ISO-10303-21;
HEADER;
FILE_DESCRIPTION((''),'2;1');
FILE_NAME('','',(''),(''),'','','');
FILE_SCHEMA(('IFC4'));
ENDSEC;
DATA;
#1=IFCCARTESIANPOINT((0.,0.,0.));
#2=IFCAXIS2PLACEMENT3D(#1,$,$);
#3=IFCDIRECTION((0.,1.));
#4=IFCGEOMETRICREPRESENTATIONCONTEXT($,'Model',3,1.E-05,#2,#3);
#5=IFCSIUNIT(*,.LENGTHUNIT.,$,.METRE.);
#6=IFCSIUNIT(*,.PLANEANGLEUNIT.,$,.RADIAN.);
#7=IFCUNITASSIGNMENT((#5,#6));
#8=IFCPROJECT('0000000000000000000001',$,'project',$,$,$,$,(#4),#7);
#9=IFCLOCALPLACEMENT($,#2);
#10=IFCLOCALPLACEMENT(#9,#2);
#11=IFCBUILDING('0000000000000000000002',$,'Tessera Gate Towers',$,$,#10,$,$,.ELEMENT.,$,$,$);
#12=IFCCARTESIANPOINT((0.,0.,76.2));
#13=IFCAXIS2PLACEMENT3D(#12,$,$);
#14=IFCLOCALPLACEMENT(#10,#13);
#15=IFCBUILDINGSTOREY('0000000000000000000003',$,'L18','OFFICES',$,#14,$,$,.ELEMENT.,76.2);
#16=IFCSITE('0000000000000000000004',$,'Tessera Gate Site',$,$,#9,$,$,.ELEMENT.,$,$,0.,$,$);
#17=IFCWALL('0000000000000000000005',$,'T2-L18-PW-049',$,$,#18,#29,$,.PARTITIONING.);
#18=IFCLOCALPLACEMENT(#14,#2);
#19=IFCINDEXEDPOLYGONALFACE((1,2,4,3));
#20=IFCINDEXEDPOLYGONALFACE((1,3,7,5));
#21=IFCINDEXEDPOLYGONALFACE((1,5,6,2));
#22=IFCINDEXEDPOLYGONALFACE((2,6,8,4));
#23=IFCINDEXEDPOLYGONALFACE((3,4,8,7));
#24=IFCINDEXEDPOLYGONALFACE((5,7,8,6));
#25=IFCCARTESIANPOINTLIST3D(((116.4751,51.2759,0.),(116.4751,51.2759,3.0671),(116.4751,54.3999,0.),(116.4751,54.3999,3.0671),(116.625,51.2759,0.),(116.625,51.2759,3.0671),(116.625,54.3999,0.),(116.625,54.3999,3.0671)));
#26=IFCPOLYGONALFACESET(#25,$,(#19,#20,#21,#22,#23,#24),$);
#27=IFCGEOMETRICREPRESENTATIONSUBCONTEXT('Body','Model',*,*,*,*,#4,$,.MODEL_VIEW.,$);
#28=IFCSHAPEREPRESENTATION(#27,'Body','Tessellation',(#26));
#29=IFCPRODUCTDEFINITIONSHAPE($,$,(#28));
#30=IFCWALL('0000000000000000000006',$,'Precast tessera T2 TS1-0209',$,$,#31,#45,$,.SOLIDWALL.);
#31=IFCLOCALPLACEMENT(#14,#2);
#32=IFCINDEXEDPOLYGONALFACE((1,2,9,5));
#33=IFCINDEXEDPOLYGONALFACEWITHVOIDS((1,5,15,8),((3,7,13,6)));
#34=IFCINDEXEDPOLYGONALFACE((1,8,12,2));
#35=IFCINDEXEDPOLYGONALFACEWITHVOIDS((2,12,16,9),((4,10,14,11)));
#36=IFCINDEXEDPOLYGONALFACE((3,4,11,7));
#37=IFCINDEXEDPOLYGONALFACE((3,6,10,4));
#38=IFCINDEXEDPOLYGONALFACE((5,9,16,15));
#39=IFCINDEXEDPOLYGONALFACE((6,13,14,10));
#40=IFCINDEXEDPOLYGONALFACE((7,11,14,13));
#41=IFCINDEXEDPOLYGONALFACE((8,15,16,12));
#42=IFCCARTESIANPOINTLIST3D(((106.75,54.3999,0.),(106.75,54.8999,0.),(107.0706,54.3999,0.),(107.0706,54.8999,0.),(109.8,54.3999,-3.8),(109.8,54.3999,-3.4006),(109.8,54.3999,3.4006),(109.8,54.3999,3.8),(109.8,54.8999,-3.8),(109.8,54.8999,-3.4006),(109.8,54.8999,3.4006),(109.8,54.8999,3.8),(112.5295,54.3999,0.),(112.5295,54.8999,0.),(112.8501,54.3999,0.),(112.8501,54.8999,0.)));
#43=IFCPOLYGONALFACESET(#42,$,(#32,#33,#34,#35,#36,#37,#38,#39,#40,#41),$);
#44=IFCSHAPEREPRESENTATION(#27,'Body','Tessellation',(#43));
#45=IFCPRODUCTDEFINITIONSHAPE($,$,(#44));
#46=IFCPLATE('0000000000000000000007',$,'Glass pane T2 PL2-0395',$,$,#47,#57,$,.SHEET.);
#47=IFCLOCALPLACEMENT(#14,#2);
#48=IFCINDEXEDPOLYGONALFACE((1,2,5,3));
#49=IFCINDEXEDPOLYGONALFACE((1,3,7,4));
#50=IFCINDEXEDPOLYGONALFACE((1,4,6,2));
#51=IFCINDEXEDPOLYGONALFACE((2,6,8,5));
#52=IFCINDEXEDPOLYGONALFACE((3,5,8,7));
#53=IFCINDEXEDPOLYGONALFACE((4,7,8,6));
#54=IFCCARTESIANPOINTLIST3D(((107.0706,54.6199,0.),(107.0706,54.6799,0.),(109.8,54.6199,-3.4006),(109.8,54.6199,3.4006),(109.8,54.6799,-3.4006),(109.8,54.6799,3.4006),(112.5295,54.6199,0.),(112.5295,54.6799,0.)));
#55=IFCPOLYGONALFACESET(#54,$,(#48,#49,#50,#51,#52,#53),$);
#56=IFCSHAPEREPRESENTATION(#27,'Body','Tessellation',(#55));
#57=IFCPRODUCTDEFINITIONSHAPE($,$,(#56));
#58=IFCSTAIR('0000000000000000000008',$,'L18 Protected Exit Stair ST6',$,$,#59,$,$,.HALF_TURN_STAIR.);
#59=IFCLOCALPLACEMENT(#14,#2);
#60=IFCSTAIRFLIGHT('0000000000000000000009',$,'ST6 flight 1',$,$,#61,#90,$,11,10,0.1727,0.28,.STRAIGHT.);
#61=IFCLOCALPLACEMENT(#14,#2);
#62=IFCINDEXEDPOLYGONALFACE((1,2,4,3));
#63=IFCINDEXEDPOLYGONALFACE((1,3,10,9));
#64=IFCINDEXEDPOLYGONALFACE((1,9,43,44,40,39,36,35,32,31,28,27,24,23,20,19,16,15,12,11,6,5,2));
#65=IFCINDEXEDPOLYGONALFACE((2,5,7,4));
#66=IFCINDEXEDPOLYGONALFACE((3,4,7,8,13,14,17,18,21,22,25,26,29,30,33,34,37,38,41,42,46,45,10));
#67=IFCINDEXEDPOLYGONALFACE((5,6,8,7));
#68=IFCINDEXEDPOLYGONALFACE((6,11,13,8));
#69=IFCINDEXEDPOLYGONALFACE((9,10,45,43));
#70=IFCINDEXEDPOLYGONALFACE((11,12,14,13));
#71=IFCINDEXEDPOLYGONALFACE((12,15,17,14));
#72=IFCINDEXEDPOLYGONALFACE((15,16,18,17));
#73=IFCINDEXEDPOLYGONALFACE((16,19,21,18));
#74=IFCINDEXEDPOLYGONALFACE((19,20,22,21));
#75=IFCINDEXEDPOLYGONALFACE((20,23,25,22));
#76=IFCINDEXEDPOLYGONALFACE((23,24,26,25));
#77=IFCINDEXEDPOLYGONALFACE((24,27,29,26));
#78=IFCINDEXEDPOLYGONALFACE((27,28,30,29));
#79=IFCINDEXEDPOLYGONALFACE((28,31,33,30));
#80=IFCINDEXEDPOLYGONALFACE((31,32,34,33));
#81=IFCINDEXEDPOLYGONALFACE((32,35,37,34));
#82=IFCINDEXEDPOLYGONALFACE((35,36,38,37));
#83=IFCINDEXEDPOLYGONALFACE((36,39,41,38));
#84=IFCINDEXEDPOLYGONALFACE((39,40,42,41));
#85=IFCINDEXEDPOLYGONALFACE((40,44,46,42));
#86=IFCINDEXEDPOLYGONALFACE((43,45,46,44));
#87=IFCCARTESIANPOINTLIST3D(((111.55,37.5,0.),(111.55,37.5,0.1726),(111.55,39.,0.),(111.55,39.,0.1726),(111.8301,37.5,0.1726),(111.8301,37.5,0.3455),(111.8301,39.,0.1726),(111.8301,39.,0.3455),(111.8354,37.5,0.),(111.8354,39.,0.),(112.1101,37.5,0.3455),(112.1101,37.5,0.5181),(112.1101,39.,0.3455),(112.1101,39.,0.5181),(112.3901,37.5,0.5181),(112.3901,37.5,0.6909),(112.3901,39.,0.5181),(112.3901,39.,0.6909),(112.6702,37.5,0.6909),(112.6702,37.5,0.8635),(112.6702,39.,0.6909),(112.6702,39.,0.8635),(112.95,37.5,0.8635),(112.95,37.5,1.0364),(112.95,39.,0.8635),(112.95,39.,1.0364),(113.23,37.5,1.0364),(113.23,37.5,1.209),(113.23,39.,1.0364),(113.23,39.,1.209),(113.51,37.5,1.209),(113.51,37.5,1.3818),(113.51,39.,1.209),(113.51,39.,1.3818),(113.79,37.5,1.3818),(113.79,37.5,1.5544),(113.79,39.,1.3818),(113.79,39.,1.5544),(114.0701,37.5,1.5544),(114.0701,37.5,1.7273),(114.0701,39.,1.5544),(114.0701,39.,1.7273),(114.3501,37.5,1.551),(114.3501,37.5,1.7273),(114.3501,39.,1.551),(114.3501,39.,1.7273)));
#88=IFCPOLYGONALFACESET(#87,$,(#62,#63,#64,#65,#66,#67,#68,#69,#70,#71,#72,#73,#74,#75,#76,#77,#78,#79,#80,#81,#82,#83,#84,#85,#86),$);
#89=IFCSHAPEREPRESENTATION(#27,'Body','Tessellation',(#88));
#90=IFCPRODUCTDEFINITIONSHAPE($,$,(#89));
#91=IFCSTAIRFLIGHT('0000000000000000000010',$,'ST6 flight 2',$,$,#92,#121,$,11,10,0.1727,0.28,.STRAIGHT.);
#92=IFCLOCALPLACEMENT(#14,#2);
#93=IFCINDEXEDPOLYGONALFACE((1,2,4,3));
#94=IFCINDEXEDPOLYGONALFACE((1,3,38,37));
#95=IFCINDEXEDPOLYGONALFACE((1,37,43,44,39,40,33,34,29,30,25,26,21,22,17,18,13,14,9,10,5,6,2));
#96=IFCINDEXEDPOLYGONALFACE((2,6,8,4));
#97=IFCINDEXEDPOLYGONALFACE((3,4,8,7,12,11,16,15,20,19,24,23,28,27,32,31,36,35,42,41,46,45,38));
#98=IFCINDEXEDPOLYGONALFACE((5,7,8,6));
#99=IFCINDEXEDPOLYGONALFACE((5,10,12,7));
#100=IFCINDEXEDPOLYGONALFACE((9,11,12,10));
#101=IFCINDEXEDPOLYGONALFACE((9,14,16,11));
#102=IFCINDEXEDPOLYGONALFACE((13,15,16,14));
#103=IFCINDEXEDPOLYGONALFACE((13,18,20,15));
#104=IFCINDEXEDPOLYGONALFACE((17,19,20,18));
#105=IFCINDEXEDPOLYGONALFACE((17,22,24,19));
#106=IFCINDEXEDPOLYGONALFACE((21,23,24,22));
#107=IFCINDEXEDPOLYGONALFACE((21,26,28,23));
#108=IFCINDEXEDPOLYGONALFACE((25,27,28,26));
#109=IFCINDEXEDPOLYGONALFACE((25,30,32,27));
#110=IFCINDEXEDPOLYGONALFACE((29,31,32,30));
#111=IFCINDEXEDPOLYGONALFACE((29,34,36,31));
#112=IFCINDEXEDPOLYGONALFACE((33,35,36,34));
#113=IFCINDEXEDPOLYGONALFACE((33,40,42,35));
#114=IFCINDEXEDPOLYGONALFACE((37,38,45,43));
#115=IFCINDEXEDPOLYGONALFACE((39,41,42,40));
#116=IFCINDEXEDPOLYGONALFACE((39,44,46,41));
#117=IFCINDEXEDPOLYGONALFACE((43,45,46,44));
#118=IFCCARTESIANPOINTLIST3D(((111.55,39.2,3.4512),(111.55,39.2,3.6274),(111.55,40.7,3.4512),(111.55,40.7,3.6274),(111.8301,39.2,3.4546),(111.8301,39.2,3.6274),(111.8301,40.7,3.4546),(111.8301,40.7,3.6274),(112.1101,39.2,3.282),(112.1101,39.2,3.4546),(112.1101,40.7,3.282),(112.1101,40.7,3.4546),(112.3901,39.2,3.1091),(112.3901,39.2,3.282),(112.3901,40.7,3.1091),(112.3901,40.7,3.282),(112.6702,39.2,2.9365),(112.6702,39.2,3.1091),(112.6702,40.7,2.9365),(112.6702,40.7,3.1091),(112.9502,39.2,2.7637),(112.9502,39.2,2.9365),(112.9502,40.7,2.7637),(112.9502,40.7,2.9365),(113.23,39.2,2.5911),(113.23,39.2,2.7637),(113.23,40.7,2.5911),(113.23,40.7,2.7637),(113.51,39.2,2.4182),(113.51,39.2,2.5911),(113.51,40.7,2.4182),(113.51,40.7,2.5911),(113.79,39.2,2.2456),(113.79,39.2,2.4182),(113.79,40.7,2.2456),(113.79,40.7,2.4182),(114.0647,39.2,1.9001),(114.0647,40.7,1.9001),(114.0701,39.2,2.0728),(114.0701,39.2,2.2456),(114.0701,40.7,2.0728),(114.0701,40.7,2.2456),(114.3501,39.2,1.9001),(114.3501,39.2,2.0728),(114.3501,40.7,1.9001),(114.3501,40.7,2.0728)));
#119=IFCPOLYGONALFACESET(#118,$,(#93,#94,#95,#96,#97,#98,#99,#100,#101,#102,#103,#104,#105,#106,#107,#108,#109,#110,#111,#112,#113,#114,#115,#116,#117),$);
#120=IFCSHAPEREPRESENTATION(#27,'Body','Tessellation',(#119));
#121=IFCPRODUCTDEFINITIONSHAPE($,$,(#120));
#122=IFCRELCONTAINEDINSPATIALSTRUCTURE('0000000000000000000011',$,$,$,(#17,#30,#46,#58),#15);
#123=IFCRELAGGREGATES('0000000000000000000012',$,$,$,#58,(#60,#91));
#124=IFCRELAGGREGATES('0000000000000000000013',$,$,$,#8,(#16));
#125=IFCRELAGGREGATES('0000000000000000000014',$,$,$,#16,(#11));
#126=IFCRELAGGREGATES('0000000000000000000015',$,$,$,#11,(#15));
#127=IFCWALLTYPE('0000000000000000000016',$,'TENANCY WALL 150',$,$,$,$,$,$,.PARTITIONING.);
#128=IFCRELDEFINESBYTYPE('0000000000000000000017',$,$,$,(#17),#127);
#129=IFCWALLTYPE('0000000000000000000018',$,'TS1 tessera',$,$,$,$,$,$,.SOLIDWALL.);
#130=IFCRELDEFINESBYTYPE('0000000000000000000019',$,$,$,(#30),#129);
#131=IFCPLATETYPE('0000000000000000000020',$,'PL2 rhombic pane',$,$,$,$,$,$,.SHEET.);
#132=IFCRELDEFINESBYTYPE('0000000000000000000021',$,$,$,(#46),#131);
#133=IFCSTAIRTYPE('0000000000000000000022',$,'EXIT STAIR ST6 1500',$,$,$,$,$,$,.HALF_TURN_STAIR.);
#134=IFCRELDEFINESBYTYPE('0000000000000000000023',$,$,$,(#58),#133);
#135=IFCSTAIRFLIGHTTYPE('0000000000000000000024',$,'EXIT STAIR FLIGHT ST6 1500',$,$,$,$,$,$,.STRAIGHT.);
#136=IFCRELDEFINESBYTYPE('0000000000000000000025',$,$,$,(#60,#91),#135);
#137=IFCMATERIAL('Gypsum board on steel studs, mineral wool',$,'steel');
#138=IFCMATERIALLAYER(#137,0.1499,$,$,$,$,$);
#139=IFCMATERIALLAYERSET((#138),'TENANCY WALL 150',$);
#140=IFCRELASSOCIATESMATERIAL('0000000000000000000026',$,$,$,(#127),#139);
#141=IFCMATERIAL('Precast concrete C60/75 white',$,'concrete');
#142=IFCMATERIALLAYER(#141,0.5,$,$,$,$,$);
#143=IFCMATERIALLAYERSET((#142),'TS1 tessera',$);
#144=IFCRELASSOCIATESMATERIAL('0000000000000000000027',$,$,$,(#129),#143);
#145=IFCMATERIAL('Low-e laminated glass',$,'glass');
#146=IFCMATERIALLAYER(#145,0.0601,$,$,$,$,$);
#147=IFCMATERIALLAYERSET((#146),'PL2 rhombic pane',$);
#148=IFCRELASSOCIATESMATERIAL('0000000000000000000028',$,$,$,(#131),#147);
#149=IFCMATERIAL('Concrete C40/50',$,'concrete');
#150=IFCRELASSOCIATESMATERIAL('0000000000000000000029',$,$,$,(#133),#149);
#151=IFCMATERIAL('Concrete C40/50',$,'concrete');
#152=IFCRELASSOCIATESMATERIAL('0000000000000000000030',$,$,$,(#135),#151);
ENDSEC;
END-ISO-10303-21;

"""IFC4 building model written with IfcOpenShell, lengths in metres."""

from ifc_helpers import new_model, si_unit, direction, frame, frame_2d, origin, place, context, subcontext, project, spatial, polyline, rectangle, outline, extrude, source, transform, mapped, material, layer, layer_set, type_object, element, fill, aggregate, save


model = new_model("IFC4")

# Units and contexts
model_context = context("Model", 3, precision=1e-05, world=origin(), true_north=direction((0.0, 1.0)))
body_context = subcontext(model_context, "Body", "Model", "MODEL_VIEW")
ifc_project = project(units=[si_unit("LENGTHUNIT", "METRE"), si_unit("PLANEANGLEUNIT", "RADIAN")], contexts=[model_context])

# Site, building, storey
site_placement = place(None, origin())
site = spatial("IfcSite", under=ifc_project, at=site_placement, Name="Tessera Gate Site", CompositionType="ELEMENT", RefElevation=0.0)
building_placement = place(site_placement, origin())
building = spatial("IfcBuilding", under=site, at=building_placement, Name="Tessera Gate Towers", CompositionType="ELEMENT")
storey_placement = place(building_placement, frame((0.0, 0.0, 76.2)))
storey = spatial("IfcBuildingStorey", under=building, at=storey_placement, Name="L18", Description="OFFICES", CompositionType="ELEMENT", Elevation=76.2)

# Wall
ifc_material_1 = material(Name="Gypsum board on steel studs, mineral wool", Category="steel")
ifc_layer_1 = layer(ifc_material_1, 0.1499)
ifc_layer_set_1 = layer_set([ifc_layer_1], Name="TENANCY WALL 150")
wall_type_1 = type_object("IfcWallType", Name="TENANCY WALL 150", PredefinedType="PARTITIONING", material=ifc_layer_set_1)
wall_1_placement = place(storey_placement, frame((116.55, 51.2759, 0.0), z_axis=(0.0, 0.0, 1.0), x_axis=(0.0, 1.0, 0.0)))
element("IfcWall", 1, at=wall_1_placement, inside=storey, type_object=wall_type_1, Name="T2-L18-PW-049", PredefinedType="PARTITIONING", context=body_context, shape_type="SweptSolid", body=[
    extrude(rectangle(XDim=3.124, YDim=0.1499, at=frame_2d((1.562, 0.0))), origin(), (0.0, 0.0, 1.0), 3.0671),
])

# Wall, opening, plate
ifc_material_2 = material(Name="Precast concrete C60/75 white", Category="concrete")
ifc_layer_2 = layer(ifc_material_2, 0.5)
ifc_layer_set_2 = layer_set([ifc_layer_2], Name="TS1 tessera")
wall_type_2 = type_object("IfcWallType", Name="TS1 tessera", PredefinedType="SOLIDWALL", material=ifc_layer_set_2)
shared_shape_1 = source(origin(), body_context, "Body", "SweptSolid", [
    extrude(outline(polyline([(3.05, 0.0), (6.1001, 3.8), (3.05, 7.6001), (0.0, 3.8), (3.05, 0.0)])), frame((0.0, 0.25, 0.0), z_axis=(0.0, -1.0, 0.0), x_axis=(1.0, 0.0, 0.0)), (0.0, 0.0, 1.0), 0.5),
])
wall_2_placement = place(storey_placement, frame((112.8501, 54.6499, -3.8), z_axis=(0.0, 0.0, 1.0), x_axis=(-1.0, 0.0, 0.0)))
wall_2 = element("IfcWall", 2, at=wall_2_placement, inside=storey, type_object=wall_type_2, Name="Precast tessera T2 TS1-0209", PredefinedType="SOLIDWALL", context=body_context, shape_type="MappedRepresentation", body=[
    mapped(shared_shape_1, transform((0.0, 0.0, 0.0), scale=1.0)),
])
shared_shape_2 = source(origin(), body_context, "Body", "SweptSolid", [
    extrude(outline(polyline([(3.05, 0.3994), (5.7795, 3.8), (3.05, 7.2007), (0.3206, 3.8), (3.05, 0.3994)])), frame((0.0, 0.26, 0.0), z_axis=(0.0, -1.0, 0.0), x_axis=(1.0, 0.0, 0.0)), (0.0, 0.0, 1.0), 0.52),
])
opening_1_placement = place(wall_2_placement, origin())
opening_1 = element("IfcOpeningElement", 3, at=opening_1_placement, cuts=wall_2, PredefinedType="OPENING", context=body_context, shape_type="MappedRepresentation", body=[
    mapped(shared_shape_2, transform((0.0, 0.0, 0.0), scale=1.0)),
])
ifc_material_3 = material(Name="Low-e laminated glass", Category="glass")
ifc_layer_3 = layer(ifc_material_3, 0.0601)
ifc_layer_set_3 = layer_set([ifc_layer_3], Name="PL2 rhombic pane")
plate_type = type_object("IfcPlateType", Name="PL2 rhombic pane", PredefinedType="SHEET", material=ifc_layer_set_3)
shared_shape_3 = source(origin(), body_context, "Body", "SweptSolid", [
    extrude(outline(polyline([(3.05, 0.3994), (5.7795, 3.8), (3.05, 7.2007), (0.3206, 3.8), (3.05, 0.3994)])), frame((0.0, 0.03, 0.0), z_axis=(0.0, -1.0, 0.0), x_axis=(1.0, 0.0, 0.0)), (0.0, 0.0, 1.0), 0.0601),
])
plate_placement = place(opening_1_placement, origin())
plate = element("IfcPlate", 4, at=plate_placement, inside=storey, type_object=plate_type, Name="Glass pane T2 PL2-0395", PredefinedType="SHEET", context=body_context, shape_type="MappedRepresentation", body=[
    mapped(shared_shape_3, transform((0.0, 0.0, 0.0), scale=1.0)),
])
fill(opening_1, plate)

# Stair, stair flights
ifc_material_4 = material(Name="Concrete C40/50", Category="concrete")
stair_type = type_object("IfcStairType", Name="EXIT STAIR ST6 1500", PredefinedType="HALF_TURN_STAIR", material=ifc_material_4)
stair_placement = place(storey_placement, origin())
stair = element("IfcStair", 5, at=stair_placement, inside=storey, type_object=stair_type, Name="L18 Protected Exit Stair ST6", PredefinedType="HALF_TURN_STAIR")
ifc_material_5 = material(Name="Concrete C40/50", Category="concrete")
stair_flight_type = type_object("IfcStairFlightType", Name="EXIT STAIR FLIGHT ST6 1500", PredefinedType="STRAIGHT", material=ifc_material_5)
stair_flight_1_placement = place(storey_placement, frame((111.55, 38.25, 0.0), z_axis=(0.0, 0.0, 1.0), x_axis=(1.0, 0.0, 0.0)))
stair_flight_1 = element("IfcStairFlight", 6, at=stair_flight_1_placement, type_object=stair_flight_type, Name="ST6 flight 1", NumberOfRisers=11, NumberOfTreads=10, PredefinedType="STRAIGHT", RiserHeight=0.1727, TreadLength=0.28, context=body_context, shape_type="SweptSolid", body=[
    extrude(outline(polyline([(0.0, 0.0), (0.0, 0.1726), (0.28, 0.1726), (0.28, 0.3455), (0.5601, 0.3455), (0.5601, 0.5181), (0.8401, 0.5181), (0.8401, 0.6909), (1.1201, 0.6909), (1.1201, 0.8635), (1.3999, 0.8635), (1.3999, 1.0364), (1.6799, 1.0364), (1.6799, 1.209), (1.96, 1.209), (1.96, 1.3818), (2.24, 1.3818), (2.24, 1.5544), (2.52, 1.5544), (2.52, 1.7273), (2.8, 1.7273), (2.8, 1.8999), (2.8, 1.551), (0.2854, 0.0), (0.0, 0.0)])), frame((0.0, 0.75, 0.0), z_axis=(0.0, -1.0, 0.0), x_axis=(1.0, 0.0, 0.0)), (0.0, 0.0, 1.0), 1.5),
])
stair_flight_2_placement = place(storey_placement, frame((114.3501, 39.95, 1.9001), z_axis=(0.0, 0.0, 1.0), x_axis=(-1.0, 0.0, 0.0)))
stair_flight_2 = element("IfcStairFlight", 7, at=stair_flight_2_placement, type_object=stair_flight_type, Name="ST6 flight 2", NumberOfRisers=11, NumberOfTreads=10, PredefinedType="STRAIGHT", RiserHeight=0.1727, TreadLength=0.28, context=body_context, shape_type="SweptSolid", body=[
    extrude(outline(polyline([(0.0, 0.0), (0.0, 0.1726), (0.28, 0.1726), (0.28, 0.3455), (0.5601, 0.3455), (0.5601, 0.5181), (0.8401, 0.5181), (0.8401, 0.6909), (1.1201, 0.6909), (1.1201, 0.8635), (1.3999, 0.8635), (1.3999, 1.0364), (1.6799, 1.0364), (1.6799, 1.209), (1.96, 1.209), (1.96, 1.3818), (2.24, 1.3818), (2.24, 1.5544), (2.52, 1.5544), (2.52, 1.7273), (2.8, 1.7273), (2.8, 1.8999), (2.8, 1.551), (0.2854, 0.0), (0.0, 0.0)])), frame((0.0, 0.75, 0.0), z_axis=(0.0, -1.0, 0.0), x_axis=(1.0, 0.0, 0.0)), (0.0, 0.0, 1.0), 1.5),
])
aggregate(stair, [stair_flight_1, stair_flight_2])

save(model, "model.ifc")
